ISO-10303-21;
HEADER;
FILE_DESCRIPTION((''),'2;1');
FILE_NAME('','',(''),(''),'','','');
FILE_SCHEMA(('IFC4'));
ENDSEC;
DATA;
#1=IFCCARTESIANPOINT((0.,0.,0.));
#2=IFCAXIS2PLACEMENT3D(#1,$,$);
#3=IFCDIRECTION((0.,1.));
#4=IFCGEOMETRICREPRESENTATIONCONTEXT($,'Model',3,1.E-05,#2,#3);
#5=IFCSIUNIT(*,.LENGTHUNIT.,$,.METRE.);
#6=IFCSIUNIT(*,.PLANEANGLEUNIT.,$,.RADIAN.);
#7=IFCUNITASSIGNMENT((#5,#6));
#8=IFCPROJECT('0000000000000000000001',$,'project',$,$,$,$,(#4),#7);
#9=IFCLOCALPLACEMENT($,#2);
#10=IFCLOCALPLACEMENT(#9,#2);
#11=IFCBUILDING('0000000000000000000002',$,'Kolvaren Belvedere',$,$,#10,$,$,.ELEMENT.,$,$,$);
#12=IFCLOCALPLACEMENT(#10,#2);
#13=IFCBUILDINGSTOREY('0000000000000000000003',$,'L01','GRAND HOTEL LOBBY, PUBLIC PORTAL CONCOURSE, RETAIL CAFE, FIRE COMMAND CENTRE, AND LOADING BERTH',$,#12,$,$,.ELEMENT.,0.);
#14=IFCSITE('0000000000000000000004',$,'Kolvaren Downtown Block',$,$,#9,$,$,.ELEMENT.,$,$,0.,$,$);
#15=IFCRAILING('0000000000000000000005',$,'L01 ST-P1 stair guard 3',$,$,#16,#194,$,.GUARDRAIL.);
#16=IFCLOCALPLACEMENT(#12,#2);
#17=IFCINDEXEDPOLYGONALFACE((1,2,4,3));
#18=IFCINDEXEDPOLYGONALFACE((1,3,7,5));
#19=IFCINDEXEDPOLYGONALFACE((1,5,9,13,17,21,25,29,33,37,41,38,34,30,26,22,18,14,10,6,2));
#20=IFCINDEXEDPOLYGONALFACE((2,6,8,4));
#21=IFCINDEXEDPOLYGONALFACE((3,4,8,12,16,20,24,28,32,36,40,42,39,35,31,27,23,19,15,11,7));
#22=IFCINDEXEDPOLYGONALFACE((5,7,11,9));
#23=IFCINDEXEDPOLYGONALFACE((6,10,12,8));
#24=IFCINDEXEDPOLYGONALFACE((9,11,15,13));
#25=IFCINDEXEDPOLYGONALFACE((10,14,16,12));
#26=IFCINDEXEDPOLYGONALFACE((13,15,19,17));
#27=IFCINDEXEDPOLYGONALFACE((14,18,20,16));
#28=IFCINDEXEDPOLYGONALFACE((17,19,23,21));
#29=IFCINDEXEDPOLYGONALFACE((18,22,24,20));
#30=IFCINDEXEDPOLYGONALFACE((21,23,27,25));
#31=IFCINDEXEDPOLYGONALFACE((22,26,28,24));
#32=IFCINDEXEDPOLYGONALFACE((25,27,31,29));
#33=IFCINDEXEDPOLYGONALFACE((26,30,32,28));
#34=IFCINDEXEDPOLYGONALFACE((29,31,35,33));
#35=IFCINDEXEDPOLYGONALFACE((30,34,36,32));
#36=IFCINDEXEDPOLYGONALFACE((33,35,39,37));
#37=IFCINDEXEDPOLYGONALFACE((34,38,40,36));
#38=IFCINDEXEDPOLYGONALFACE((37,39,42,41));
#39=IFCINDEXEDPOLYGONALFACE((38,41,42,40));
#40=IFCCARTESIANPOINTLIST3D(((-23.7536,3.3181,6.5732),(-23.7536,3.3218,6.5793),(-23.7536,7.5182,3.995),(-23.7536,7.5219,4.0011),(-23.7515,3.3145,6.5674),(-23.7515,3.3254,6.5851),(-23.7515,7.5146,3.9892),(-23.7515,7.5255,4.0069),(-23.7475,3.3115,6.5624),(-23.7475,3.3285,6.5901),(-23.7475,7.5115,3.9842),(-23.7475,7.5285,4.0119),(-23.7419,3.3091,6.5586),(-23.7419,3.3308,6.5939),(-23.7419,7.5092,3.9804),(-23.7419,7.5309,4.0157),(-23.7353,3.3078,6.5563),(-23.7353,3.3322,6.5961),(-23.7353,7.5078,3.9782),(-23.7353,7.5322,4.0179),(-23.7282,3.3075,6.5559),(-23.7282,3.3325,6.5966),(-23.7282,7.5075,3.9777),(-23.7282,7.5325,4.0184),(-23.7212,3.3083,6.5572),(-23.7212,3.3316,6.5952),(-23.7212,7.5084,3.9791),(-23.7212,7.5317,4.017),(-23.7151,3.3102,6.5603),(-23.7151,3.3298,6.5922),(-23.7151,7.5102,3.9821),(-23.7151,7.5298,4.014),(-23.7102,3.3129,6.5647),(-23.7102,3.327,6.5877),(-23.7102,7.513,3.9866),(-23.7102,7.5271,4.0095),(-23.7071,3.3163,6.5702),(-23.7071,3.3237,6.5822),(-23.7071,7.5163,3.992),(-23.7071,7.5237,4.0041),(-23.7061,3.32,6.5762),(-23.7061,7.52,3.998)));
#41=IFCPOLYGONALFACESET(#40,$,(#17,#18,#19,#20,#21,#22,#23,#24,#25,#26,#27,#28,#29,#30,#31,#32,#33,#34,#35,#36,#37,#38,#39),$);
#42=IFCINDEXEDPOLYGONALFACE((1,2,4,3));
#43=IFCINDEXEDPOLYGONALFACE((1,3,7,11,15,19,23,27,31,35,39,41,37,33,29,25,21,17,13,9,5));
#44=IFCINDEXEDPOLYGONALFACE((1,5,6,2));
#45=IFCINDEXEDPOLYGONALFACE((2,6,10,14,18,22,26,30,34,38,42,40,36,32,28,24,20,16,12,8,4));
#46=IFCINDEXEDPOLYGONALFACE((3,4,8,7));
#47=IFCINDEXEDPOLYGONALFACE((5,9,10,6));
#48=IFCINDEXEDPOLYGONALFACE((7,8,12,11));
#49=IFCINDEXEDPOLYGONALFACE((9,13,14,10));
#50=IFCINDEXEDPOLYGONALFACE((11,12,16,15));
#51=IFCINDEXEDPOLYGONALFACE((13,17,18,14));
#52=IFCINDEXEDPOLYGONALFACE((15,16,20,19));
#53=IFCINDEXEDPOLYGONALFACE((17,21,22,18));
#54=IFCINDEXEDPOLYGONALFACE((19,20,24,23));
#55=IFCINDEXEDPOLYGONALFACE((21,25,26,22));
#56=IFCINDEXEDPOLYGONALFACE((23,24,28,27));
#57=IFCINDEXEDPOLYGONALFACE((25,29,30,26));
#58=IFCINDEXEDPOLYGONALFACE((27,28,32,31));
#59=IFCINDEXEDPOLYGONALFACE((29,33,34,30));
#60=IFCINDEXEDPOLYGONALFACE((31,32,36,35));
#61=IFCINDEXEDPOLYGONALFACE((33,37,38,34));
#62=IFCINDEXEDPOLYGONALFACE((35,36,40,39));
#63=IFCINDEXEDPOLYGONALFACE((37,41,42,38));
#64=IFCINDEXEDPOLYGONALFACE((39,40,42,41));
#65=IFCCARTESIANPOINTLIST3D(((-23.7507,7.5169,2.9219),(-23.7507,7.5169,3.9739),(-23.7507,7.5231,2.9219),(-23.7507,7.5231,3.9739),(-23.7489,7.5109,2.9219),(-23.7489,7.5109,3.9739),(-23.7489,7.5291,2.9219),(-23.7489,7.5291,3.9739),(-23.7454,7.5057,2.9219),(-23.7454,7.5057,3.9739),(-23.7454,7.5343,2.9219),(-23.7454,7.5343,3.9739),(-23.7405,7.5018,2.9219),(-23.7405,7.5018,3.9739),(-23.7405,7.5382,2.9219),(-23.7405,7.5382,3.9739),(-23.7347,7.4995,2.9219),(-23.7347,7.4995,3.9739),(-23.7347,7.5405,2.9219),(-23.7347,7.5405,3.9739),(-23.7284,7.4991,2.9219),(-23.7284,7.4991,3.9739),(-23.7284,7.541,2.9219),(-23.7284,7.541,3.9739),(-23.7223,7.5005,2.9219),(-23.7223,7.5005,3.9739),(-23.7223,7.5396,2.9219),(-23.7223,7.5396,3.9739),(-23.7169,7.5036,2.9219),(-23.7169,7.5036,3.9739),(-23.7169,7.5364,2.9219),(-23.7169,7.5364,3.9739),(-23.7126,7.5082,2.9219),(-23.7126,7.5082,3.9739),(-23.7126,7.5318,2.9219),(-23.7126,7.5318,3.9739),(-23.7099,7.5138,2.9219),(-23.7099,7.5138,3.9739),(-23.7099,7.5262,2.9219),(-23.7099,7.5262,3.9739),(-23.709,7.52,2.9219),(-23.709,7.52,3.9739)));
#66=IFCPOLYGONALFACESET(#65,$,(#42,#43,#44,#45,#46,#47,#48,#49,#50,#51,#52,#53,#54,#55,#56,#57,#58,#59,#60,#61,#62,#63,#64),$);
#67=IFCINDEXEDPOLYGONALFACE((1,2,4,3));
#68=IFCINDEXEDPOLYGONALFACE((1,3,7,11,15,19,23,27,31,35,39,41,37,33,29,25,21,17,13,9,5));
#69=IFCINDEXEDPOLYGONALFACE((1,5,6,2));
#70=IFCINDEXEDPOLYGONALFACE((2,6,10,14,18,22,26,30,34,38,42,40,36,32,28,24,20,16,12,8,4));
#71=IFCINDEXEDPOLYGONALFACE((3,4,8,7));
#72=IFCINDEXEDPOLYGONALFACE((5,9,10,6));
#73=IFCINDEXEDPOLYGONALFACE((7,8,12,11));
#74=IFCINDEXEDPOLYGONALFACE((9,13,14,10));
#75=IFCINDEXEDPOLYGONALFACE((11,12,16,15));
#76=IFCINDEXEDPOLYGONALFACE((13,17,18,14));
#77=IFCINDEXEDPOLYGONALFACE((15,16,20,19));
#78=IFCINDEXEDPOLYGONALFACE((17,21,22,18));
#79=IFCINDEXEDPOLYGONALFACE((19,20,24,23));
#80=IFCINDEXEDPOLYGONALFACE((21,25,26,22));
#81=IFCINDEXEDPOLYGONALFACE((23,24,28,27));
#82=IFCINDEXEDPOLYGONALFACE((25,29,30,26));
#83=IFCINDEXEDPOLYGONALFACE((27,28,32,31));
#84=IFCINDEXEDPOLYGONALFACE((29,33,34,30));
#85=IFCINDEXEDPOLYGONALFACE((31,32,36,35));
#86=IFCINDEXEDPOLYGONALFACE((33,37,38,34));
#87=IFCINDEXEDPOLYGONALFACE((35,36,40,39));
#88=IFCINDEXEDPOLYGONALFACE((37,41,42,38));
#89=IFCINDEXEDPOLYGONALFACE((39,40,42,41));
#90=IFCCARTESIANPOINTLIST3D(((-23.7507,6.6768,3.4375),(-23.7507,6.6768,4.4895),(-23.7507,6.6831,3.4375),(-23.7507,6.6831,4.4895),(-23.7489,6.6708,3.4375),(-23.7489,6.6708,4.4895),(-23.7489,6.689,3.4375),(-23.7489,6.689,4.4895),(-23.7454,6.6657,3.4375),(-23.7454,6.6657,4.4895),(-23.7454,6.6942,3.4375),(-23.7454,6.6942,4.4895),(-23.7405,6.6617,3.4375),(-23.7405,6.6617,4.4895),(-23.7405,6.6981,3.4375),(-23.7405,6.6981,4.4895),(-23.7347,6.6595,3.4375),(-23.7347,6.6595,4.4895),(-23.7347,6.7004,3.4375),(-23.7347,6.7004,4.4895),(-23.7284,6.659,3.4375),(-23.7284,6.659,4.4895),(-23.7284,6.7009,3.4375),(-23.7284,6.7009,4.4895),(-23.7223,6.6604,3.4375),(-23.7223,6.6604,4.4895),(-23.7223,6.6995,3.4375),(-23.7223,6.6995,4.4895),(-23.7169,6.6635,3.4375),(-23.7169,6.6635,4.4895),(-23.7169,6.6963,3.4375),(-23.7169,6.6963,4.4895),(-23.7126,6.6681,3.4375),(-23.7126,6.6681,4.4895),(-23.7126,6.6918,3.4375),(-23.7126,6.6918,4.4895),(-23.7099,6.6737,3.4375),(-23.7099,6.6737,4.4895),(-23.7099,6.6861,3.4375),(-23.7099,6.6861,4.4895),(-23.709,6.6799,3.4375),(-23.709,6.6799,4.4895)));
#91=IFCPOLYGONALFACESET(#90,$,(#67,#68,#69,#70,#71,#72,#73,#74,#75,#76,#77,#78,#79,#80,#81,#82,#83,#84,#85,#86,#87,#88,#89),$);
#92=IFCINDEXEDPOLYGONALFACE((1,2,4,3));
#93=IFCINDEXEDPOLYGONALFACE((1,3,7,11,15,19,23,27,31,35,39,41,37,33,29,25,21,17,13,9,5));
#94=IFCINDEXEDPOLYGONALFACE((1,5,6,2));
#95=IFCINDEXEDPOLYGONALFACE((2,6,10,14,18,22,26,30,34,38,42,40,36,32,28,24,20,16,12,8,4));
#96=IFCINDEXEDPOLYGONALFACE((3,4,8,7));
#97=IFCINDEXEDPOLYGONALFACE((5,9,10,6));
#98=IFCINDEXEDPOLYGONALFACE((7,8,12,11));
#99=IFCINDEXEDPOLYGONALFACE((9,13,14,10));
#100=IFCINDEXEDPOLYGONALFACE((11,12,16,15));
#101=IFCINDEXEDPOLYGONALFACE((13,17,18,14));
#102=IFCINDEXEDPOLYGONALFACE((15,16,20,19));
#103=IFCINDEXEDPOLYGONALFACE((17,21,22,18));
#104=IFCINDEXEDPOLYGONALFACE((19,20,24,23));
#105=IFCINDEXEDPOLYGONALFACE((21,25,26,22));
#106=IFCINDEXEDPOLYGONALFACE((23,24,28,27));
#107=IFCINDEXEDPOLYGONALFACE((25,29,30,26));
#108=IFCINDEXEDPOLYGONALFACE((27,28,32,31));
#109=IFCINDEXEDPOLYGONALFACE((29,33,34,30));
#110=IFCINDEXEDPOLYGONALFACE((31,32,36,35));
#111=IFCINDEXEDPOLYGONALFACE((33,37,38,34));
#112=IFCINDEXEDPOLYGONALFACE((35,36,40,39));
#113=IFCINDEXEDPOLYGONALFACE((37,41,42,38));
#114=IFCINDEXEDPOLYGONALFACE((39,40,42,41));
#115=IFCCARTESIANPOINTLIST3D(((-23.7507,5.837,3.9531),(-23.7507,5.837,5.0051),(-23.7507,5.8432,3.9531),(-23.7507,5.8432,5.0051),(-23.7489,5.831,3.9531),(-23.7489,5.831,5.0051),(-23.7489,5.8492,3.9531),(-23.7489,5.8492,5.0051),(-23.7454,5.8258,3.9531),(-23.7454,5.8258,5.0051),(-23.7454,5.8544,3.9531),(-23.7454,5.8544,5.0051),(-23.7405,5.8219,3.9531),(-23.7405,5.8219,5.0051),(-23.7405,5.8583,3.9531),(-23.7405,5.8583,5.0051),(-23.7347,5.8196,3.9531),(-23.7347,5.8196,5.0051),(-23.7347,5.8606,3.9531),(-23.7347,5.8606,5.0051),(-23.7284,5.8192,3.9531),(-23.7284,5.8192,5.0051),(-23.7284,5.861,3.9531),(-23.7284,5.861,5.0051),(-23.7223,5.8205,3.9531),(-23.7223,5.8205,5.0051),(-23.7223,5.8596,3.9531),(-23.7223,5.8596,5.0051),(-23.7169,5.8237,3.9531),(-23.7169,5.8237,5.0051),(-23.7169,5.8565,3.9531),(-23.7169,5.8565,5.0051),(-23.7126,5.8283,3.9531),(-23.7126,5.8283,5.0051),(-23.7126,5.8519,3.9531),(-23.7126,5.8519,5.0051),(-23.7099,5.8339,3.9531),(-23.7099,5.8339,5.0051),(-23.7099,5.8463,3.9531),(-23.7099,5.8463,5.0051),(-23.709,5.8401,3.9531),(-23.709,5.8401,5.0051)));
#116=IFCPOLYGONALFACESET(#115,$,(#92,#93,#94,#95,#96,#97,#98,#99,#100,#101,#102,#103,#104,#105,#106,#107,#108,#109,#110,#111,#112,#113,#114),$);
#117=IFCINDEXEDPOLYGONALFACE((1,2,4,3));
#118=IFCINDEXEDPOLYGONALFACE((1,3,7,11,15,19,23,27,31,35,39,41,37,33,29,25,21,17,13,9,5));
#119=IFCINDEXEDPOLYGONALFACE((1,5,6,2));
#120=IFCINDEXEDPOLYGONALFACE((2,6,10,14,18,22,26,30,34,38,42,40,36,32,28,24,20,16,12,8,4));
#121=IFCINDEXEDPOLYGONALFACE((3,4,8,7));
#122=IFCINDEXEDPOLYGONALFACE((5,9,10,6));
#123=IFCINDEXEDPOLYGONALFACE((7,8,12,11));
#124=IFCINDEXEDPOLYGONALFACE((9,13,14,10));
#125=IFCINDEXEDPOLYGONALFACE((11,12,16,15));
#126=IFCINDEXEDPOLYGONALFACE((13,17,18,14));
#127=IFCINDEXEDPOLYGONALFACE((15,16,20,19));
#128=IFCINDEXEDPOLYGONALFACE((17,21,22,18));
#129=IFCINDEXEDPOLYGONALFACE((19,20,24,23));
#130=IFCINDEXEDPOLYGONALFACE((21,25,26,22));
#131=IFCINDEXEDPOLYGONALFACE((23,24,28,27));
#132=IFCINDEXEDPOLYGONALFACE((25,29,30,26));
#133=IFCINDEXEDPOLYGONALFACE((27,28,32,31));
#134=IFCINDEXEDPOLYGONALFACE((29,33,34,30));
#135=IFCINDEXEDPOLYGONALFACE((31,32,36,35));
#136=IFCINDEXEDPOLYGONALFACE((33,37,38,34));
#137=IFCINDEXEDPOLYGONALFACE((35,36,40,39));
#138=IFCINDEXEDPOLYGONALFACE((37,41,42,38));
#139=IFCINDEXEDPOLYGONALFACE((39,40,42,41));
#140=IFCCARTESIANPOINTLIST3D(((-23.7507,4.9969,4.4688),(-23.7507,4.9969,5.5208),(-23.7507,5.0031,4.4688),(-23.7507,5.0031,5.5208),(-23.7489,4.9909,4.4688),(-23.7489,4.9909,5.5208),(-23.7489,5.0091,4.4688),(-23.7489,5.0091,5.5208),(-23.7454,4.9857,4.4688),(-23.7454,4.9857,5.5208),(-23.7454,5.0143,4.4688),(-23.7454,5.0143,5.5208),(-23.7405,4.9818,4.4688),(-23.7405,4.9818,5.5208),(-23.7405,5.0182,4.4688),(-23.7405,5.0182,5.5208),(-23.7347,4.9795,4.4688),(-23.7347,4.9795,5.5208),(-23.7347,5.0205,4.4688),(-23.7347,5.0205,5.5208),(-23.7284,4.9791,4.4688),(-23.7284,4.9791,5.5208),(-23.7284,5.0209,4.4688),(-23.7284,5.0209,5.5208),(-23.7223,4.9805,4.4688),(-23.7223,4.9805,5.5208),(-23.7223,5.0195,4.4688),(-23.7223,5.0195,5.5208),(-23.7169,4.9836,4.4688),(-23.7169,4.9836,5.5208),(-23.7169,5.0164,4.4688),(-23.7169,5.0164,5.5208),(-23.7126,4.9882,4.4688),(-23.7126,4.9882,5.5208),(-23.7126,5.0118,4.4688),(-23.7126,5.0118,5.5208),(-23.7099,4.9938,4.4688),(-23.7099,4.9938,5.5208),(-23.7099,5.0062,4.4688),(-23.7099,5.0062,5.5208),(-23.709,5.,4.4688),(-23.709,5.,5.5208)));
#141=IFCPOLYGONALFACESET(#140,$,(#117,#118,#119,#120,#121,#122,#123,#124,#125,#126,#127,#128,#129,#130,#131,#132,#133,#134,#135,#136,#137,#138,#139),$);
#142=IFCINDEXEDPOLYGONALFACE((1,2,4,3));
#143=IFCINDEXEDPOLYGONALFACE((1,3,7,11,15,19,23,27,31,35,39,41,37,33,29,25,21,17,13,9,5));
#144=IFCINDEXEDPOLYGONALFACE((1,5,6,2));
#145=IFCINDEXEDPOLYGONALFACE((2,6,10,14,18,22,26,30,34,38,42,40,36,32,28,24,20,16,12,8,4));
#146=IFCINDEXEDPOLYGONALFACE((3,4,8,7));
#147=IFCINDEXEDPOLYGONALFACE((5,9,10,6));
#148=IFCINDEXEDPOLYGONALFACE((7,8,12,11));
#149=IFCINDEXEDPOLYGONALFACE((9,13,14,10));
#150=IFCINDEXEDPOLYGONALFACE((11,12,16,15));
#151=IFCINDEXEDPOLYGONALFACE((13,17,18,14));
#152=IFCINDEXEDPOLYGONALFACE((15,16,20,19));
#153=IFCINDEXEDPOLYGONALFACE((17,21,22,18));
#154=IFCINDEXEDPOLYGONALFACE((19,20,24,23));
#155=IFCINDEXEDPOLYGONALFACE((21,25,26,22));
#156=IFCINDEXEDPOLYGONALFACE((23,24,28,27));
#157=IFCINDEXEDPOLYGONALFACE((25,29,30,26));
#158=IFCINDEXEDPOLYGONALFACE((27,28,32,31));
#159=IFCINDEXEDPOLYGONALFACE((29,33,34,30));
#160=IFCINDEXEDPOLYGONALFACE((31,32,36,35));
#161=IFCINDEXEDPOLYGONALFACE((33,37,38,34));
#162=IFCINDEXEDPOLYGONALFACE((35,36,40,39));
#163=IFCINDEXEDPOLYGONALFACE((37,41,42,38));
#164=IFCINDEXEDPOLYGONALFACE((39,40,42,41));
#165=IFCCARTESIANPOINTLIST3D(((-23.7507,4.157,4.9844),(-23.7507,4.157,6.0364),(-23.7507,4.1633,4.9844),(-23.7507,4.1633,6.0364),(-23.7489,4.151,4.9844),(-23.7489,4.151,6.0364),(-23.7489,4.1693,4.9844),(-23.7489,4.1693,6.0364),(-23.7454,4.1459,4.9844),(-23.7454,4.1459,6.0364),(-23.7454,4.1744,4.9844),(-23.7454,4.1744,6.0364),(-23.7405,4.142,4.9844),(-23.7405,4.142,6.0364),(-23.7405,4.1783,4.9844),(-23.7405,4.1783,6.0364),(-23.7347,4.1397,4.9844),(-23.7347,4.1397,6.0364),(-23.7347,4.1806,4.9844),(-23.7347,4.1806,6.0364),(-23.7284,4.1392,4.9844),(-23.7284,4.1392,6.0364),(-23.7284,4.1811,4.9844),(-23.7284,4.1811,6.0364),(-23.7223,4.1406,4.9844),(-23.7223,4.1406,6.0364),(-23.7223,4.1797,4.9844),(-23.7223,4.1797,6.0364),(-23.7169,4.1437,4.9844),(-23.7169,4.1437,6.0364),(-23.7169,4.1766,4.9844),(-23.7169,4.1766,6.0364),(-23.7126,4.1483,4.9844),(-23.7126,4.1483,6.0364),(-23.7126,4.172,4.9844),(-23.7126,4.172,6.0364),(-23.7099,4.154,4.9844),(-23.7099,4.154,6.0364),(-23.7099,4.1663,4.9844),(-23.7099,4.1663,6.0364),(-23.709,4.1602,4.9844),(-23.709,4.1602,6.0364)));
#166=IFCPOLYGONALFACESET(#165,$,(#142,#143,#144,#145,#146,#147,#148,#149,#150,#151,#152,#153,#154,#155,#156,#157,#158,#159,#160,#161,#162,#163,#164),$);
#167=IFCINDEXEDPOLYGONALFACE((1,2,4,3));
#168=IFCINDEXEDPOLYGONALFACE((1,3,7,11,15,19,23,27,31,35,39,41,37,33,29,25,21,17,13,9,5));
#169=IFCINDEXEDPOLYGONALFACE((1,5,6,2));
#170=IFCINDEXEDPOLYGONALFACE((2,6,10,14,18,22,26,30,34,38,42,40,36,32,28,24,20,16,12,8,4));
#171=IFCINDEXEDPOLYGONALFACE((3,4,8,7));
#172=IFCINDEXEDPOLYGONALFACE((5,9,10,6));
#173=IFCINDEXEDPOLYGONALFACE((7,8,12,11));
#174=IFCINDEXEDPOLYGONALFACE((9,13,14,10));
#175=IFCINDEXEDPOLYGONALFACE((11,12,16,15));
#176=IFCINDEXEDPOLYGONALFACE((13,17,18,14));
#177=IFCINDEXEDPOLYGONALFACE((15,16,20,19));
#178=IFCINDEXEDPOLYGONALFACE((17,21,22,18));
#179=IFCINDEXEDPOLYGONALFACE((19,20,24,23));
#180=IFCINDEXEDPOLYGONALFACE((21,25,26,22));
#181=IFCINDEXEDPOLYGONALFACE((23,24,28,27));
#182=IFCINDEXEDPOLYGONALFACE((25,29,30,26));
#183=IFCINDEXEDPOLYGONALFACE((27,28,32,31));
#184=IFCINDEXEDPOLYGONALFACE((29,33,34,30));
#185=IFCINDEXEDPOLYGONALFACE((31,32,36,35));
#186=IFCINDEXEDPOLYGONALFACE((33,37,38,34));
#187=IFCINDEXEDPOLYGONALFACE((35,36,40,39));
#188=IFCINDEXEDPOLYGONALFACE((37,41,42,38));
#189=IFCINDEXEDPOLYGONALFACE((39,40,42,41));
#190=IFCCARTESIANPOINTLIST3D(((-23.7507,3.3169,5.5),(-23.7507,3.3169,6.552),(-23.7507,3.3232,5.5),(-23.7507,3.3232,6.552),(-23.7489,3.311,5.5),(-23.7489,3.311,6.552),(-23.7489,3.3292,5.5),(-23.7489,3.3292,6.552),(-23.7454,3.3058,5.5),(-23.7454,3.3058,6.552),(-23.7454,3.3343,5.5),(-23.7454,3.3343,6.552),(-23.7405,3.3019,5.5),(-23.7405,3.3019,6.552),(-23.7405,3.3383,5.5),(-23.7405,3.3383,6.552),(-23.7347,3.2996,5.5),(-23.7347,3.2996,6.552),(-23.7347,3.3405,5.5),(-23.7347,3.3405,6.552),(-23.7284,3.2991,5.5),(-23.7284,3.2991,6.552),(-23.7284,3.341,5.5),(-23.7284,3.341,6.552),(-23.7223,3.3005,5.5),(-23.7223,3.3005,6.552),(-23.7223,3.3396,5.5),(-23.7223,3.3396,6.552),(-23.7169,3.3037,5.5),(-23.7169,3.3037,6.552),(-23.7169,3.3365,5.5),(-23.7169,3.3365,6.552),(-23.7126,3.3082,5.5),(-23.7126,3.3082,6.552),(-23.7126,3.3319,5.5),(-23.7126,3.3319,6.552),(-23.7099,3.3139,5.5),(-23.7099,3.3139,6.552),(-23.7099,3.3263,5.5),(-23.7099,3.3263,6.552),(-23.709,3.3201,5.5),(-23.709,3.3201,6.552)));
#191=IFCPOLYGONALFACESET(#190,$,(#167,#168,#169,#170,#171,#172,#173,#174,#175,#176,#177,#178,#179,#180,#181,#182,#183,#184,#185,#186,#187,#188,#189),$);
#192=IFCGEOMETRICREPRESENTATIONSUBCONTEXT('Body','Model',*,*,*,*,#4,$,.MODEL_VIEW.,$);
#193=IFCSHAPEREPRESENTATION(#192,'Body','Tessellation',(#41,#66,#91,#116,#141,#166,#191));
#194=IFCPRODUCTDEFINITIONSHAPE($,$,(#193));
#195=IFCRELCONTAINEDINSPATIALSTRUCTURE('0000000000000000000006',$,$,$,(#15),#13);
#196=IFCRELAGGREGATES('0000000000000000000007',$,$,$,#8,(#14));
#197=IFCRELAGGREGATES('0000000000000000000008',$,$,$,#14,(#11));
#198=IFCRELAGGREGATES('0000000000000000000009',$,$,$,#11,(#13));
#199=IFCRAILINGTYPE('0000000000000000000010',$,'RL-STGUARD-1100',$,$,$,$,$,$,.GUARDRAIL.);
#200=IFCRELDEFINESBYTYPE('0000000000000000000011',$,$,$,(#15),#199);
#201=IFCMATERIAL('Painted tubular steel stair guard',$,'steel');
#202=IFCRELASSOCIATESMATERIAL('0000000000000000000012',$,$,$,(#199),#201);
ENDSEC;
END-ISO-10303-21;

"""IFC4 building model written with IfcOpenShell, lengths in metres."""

from ifc_helpers import new_model, si_unit, direction, frame, origin, origin_2d, place, context, subcontext, project, spatial, circle, extrude, material, type_object, element, save


model = new_model("IFC4")

# Units and contexts
model_context = context("Model", 3, precision=1e-05, world=origin(), true_north=direction((0.0, 1.0)))
body_context = subcontext(model_context, "Body", "Model", "MODEL_VIEW")
ifc_project = project(units=[si_unit("LENGTHUNIT", "METRE"), si_unit("PLANEANGLEUNIT", "RADIAN")], contexts=[model_context])

# Site, building, storey
site_placement = place(None, origin())
site = spatial("IfcSite", under=ifc_project, at=site_placement, Name="Kolvaren Downtown Block", CompositionType="ELEMENT", RefElevation=0.0)
building_placement = place(site_placement, origin())
building = spatial("IfcBuilding", under=site, at=building_placement, Name="Kolvaren Belvedere", CompositionType="ELEMENT")
storey_placement = place(building_placement, origin())
storey = spatial("IfcBuildingStorey", under=building, at=storey_placement, Name="L01", Description="GRAND HOTEL LOBBY, PUBLIC PORTAL CONCOURSE, RETAIL CAFE, FIRE COMMAND CENTRE, AND LOADING BERTH", CompositionType="ELEMENT", Elevation=0.0)

# Railing
ifc_material_1 = material(Name="Painted tubular steel stair guard", Category="steel")
railing_type_1 = type_object("IfcRailingType", Name="RL-STGUARD-1100", PredefinedType="GUARDRAIL", material=ifc_material_1)
railing_1_placement = place(storey_placement, frame((-23.73, 7.52, 2.9219)))
element("IfcRailing", 1, at=railing_1_placement, inside=storey, type_object=railing_type_1, Name="L01 ST-P1 stair guard 3", PredefinedType="GUARDRAIL", context=body_context, shape_type="SweptSolid", body=[
    extrude(circle(Radius=0.0239, at=origin_2d()), frame((0.0, 0.0, 1.0762), z_axis=(0.0, -0.852243, 0.523146), x_axis=(1.0, 0.0, 0.0)), (0.0, 0.0, 1.0), 4.9282),
    extrude(circle(Radius=0.021, at=origin_2d()), origin(), (0.0, 0.0, 1.0), 1.052),
    extrude(circle(Radius=0.021, at=origin_2d()), frame((0.0, -0.8401, 0.5156)), (0.0, 0.0, 1.0), 1.052),
    extrude(circle(Radius=0.021, at=origin_2d()), frame((0.0, -1.6799, 1.0312)), (0.0, 0.0, 1.0), 1.052),
    extrude(circle(Radius=0.021, at=origin_2d()), frame((0.0, -2.52, 1.5469)), (0.0, 0.0, 1.0), 1.052),
    extrude(circle(Radius=0.021, at=origin_2d()), frame((0.0, -3.3599, 2.0625)), (0.0, 0.0, 1.0), 1.052),
    extrude(circle(Radius=0.021, at=origin_2d()), frame((0.0, -4.2, 2.5781)), (0.0, 0.0, 1.0), 1.052),
])

save(model, "model.ifc")
